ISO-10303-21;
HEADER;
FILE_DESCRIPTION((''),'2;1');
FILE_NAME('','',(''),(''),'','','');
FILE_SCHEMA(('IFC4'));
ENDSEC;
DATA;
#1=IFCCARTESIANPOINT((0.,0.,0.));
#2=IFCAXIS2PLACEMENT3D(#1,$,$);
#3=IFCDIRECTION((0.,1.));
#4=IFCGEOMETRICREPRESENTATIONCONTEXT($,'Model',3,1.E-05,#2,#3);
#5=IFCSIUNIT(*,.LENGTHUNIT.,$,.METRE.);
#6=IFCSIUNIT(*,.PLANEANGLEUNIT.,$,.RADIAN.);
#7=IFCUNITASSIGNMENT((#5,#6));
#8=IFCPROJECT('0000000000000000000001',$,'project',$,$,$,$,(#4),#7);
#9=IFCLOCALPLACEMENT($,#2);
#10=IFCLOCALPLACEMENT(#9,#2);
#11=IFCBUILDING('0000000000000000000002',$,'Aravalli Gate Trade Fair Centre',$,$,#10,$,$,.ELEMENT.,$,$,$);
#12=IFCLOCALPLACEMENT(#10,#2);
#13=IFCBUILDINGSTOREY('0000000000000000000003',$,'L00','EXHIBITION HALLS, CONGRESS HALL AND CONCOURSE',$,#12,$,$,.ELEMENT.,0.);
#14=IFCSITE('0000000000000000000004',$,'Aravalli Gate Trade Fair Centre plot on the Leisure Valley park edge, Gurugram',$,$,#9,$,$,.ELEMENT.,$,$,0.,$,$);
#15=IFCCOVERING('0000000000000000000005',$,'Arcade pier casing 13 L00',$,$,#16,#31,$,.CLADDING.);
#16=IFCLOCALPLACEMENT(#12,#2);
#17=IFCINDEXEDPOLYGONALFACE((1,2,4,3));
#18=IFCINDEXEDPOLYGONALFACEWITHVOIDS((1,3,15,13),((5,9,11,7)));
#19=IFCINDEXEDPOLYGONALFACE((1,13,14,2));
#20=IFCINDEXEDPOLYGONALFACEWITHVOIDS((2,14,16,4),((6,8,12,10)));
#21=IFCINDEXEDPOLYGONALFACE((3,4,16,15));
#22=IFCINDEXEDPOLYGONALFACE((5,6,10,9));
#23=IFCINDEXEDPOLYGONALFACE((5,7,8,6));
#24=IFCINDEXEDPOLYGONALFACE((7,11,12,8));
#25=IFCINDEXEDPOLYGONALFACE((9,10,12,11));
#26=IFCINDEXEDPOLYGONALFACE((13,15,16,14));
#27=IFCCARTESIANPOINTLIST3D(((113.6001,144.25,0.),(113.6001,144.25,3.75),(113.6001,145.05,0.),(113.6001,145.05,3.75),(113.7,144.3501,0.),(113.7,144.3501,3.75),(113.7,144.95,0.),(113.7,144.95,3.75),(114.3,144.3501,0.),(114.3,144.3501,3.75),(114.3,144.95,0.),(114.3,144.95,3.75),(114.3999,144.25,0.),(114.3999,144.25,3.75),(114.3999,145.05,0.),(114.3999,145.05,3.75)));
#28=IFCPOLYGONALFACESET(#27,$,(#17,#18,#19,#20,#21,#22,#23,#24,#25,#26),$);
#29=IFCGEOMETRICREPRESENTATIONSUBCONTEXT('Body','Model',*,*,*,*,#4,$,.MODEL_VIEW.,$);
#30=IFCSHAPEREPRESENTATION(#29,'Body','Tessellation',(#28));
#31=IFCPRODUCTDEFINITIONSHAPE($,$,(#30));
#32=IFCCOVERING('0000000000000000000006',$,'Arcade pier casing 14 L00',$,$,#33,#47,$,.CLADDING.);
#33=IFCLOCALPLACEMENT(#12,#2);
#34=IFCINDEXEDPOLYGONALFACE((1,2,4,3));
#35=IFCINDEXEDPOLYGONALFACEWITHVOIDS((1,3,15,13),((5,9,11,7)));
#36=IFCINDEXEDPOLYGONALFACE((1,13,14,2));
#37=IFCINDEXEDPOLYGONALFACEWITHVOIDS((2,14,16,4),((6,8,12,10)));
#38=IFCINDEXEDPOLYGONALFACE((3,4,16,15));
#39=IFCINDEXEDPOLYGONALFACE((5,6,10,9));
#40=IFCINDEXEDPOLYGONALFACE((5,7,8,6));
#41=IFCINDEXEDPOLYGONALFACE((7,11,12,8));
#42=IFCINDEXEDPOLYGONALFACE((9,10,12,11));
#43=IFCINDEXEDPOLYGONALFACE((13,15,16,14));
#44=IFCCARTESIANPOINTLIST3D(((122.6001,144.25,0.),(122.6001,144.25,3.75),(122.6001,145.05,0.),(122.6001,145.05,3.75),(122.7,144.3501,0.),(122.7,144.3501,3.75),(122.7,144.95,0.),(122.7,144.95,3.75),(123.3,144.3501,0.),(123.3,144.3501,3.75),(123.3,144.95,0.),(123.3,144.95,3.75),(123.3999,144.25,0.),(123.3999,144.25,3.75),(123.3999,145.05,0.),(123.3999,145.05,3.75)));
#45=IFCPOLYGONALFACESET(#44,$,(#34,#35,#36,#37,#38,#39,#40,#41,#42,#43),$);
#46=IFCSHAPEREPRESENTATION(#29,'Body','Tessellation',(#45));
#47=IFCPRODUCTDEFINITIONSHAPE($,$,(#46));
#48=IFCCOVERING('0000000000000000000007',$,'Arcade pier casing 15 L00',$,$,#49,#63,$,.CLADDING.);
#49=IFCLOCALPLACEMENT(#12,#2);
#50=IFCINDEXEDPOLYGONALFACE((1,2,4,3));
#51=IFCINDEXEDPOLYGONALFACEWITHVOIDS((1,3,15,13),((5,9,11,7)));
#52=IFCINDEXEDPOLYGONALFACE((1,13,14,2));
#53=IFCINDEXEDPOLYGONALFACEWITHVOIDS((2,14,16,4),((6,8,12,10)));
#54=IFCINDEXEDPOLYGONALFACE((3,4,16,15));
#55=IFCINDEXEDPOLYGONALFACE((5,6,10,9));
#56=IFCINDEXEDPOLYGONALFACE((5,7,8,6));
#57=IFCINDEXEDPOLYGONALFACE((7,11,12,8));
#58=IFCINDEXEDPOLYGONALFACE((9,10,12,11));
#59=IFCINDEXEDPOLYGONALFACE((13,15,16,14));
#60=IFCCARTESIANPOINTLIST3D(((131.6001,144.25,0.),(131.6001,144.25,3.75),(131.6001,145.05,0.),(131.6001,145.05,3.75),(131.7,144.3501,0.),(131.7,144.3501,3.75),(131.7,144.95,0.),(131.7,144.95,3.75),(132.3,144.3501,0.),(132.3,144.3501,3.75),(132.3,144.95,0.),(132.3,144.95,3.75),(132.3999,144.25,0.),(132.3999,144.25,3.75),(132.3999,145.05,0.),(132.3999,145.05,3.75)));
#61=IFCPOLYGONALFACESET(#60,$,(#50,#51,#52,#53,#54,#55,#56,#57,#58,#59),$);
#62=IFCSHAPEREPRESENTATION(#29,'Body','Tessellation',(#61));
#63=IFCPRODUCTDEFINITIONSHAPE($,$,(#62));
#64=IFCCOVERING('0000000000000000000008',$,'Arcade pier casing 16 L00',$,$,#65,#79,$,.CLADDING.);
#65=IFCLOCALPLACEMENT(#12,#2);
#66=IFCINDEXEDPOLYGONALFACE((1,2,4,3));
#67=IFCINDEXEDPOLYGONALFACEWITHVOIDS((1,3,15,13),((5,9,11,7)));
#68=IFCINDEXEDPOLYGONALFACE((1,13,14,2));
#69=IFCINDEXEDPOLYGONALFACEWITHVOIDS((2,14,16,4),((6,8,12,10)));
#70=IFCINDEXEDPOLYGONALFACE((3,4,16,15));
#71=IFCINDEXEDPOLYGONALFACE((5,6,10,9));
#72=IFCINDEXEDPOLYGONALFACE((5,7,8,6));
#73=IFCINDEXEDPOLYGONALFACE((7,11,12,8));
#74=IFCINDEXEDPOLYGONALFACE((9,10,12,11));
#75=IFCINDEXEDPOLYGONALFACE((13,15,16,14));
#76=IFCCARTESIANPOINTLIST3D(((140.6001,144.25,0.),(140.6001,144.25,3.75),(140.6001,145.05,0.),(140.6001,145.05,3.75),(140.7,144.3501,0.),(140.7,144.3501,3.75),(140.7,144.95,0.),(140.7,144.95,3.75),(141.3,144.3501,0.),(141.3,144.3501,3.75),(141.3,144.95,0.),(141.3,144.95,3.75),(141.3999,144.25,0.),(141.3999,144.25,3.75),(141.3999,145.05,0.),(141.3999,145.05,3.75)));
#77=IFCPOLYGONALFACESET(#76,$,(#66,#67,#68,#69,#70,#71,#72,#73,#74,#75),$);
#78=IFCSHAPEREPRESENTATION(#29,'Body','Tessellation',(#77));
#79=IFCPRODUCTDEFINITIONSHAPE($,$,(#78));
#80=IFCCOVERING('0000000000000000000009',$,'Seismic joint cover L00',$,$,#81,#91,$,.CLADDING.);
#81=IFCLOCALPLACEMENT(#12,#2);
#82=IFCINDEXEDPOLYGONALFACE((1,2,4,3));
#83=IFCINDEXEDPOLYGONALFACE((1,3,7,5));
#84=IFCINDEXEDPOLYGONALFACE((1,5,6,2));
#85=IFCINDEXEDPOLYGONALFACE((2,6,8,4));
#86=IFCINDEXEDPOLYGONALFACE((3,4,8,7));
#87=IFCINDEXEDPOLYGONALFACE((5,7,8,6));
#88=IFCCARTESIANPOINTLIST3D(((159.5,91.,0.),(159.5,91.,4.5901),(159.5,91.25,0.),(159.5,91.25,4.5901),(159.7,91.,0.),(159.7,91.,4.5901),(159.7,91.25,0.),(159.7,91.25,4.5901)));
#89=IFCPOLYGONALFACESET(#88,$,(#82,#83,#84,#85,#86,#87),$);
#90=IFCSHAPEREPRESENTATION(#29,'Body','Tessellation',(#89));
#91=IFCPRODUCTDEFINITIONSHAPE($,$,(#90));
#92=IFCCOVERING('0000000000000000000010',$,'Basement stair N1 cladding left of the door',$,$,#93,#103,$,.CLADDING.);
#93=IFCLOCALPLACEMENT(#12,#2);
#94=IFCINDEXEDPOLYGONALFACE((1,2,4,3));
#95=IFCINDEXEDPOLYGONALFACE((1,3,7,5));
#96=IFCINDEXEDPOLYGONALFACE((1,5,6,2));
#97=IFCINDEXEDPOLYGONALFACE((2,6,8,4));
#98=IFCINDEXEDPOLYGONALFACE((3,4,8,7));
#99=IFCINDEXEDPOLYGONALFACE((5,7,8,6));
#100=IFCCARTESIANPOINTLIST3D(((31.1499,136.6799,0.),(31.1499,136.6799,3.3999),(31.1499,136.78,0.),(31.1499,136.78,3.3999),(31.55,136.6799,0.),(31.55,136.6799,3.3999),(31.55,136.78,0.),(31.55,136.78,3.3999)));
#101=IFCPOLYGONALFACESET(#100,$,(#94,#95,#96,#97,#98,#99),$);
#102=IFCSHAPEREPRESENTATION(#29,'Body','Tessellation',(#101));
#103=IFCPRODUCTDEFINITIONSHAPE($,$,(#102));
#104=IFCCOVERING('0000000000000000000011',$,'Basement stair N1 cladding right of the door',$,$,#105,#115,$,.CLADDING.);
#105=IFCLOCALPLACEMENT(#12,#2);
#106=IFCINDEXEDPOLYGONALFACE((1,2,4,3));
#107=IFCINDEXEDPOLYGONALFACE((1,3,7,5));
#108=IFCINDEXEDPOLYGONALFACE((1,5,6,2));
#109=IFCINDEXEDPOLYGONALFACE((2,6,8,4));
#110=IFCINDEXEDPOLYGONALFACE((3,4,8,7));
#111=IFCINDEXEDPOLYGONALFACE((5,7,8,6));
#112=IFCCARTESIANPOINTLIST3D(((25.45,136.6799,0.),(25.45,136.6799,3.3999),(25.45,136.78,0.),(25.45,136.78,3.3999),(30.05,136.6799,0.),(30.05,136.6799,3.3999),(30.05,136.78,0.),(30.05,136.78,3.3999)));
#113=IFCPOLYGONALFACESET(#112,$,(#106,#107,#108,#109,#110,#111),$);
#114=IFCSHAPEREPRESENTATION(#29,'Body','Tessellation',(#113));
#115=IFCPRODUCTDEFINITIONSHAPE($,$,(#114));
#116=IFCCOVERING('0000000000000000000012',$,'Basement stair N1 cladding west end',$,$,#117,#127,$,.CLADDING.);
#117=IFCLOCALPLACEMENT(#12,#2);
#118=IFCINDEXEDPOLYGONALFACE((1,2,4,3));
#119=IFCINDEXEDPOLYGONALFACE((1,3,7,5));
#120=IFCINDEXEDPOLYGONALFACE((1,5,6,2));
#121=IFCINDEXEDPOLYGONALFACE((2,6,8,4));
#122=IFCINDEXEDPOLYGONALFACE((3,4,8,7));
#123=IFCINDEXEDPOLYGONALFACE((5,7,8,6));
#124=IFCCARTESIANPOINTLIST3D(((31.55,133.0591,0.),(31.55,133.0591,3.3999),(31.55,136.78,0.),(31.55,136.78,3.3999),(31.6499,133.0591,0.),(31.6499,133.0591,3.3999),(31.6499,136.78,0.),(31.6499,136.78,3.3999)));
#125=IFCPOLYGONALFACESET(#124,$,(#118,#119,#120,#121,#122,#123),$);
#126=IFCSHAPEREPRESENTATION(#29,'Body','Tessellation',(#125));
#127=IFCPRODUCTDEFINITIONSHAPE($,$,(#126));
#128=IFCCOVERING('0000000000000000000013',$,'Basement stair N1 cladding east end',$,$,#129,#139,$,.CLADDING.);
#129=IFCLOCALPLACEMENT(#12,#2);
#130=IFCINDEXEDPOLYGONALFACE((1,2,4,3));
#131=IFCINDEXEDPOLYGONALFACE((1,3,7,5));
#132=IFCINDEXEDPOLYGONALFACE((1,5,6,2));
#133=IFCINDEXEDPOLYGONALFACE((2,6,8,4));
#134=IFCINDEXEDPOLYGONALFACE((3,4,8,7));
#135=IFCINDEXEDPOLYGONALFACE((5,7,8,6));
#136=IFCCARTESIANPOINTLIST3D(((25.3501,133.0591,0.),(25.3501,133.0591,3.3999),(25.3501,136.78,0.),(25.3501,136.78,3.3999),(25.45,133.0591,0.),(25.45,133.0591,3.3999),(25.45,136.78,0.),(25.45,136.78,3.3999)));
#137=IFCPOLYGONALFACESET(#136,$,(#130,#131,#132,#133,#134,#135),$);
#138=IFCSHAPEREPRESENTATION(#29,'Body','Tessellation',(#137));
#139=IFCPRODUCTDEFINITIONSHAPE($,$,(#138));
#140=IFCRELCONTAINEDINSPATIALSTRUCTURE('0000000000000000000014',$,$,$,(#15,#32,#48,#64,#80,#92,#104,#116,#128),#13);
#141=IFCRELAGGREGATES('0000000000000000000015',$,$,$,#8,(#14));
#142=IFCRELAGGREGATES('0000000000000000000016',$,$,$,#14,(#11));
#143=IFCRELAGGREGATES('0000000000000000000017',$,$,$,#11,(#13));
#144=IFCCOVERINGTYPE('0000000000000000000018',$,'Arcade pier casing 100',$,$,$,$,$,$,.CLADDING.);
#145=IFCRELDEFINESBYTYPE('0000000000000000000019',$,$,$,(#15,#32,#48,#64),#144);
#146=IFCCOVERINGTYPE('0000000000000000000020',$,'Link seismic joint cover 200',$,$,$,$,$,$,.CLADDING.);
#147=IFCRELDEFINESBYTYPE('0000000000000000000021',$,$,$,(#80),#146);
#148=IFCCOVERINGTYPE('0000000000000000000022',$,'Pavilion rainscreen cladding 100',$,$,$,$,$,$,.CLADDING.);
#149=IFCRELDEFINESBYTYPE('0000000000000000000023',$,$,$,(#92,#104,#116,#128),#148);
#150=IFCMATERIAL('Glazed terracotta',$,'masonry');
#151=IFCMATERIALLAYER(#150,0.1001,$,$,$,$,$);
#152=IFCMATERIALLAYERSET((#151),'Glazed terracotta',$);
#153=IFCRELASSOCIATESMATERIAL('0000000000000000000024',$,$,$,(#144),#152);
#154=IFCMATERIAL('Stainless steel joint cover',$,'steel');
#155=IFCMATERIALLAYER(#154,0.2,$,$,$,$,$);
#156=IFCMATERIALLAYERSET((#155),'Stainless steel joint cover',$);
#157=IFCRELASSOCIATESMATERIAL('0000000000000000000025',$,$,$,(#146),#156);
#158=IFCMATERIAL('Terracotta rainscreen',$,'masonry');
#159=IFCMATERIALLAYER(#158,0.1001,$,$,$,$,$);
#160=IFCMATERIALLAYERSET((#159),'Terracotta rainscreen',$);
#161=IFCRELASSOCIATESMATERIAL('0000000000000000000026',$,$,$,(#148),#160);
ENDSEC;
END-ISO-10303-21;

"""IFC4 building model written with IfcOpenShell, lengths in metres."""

from ifc_helpers import new_model, si_unit, direction, origin, place, context, subcontext, project, spatial, polyline, outline, extrude, material, layer, layer_set, type_object, element, save


model = new_model("IFC4")

# Units and contexts
model_context = context("Model", 3, precision=1e-05, world=origin(), true_north=direction((0.0, 1.0)))
body_context = subcontext(model_context, "Body", "Model", "MODEL_VIEW")
ifc_project = project(units=[si_unit("LENGTHUNIT", "METRE"), si_unit("PLANEANGLEUNIT", "RADIAN")], contexts=[model_context])

# Site, building, storey
site_placement = place(None, origin())
site = spatial("IfcSite", under=ifc_project, at=site_placement, Name="Aravalli Gate Trade Fair Centre plot on the Leisure Valley park edge, Gurugram", CompositionType="ELEMENT", RefElevation=0.0)
building_placement = place(site_placement, origin())
building = spatial("IfcBuilding", under=site, at=building_placement, Name="Aravalli Gate Trade Fair Centre", CompositionType="ELEMENT")
storey_placement = place(building_placement, origin())
storey = spatial("IfcBuildingStorey", under=building, at=storey_placement, Name="L00", Description="EXHIBITION HALLS, CONGRESS HALL AND CONCOURSE", CompositionType="ELEMENT", Elevation=0.0)

# Coverings
ifc_material_1 = material(Name="Glazed terracotta", Category="masonry")
ifc_layer_1 = layer(ifc_material_1, 0.1001)
ifc_layer_set_1 = layer_set([ifc_layer_1], Name="Glazed terracotta")
covering_type_1 = type_object("IfcCoveringType", Name="Arcade pier casing 100", PredefinedType="CLADDING", material=ifc_layer_set_1)
covering_1_placement = place(storey_placement, origin())
element("IfcCovering", 1, at=covering_1_placement, inside=storey, type_object=covering_type_1, Name="Arcade pier casing 13 L00", PredefinedType="CLADDING", context=body_context, shape_type="SweptSolid", body=[
    extrude(outline(polyline([(113.6001, 144.25), (114.3999, 144.25), (114.3999, 145.05), (113.6001, 145.05), (113.6001, 144.25)]), holes=[polyline([(114.3, 144.95), (114.3, 144.3501), (113.7, 144.3501), (113.7, 144.95), (114.3, 144.95)])]), origin(), (0.0, 0.0, 1.0), 3.75),
])
covering_2_placement = place(storey_placement, origin())
element("IfcCovering", 2, at=covering_2_placement, inside=storey, type_object=covering_type_1, Name="Arcade pier casing 14 L00", PredefinedType="CLADDING", context=body_context, shape_type="SweptSolid", body=[
    extrude(outline(polyline([(122.6001, 144.25), (123.3999, 144.25), (123.3999, 145.05), (122.6001, 145.05), (122.6001, 144.25)]), holes=[polyline([(123.3, 144.95), (123.3, 144.3501), (122.7, 144.3501), (122.7, 144.95), (123.3, 144.95)])]), origin(), (0.0, 0.0, 1.0), 3.75),
])
covering_3_placement = place(storey_placement, origin())
element("IfcCovering", 3, at=covering_3_placement, inside=storey, type_object=covering_type_1, Name="Arcade pier casing 15 L00", PredefinedType="CLADDING", context=body_context, shape_type="SweptSolid", body=[
    extrude(outline(polyline([(131.6001, 144.25), (132.3999, 144.25), (132.3999, 145.05), (131.6001, 145.05), (131.6001, 144.25)]), holes=[polyline([(132.3, 144.95), (132.3, 144.3501), (131.7, 144.3501), (131.7, 144.95), (132.3, 144.95)])]), origin(), (0.0, 0.0, 1.0), 3.75),
])
covering_4_placement = place(storey_placement, origin())
element("IfcCovering", 4, at=covering_4_placement, inside=storey, type_object=covering_type_1, Name="Arcade pier casing 16 L00", PredefinedType="CLADDING", context=body_context, shape_type="SweptSolid", body=[
    extrude(outline(polyline([(140.6001, 144.25), (141.3999, 144.25), (141.3999, 145.05), (140.6001, 145.05), (140.6001, 144.25)]), holes=[polyline([(141.3, 144.95), (141.3, 144.3501), (140.7, 144.3501), (140.7, 144.95), (141.3, 144.95)])]), origin(), (0.0, 0.0, 1.0), 3.75),
])
ifc_material_2 = material(Name="Stainless steel joint cover", Category="steel")
ifc_layer_2 = layer(ifc_material_2, 0.2)
ifc_layer_set_2 = layer_set([ifc_layer_2], Name="Stainless steel joint cover")
covering_type_2 = type_object("IfcCoveringType", Name="Link seismic joint cover 200", PredefinedType="CLADDING", material=ifc_layer_set_2)
covering_5_placement = place(storey_placement, origin())
element("IfcCovering", 5, at=covering_5_placement, inside=storey, type_object=covering_type_2, Name="Seismic joint cover L00", PredefinedType="CLADDING", context=body_context, shape_type="SweptSolid", body=[
    extrude(outline(polyline([(159.5, 91.0), (159.7, 91.0), (159.7, 91.25), (159.5, 91.25), (159.5, 91.0)])), origin(), (0.0, 0.0, 1.0), 4.5901),
])
ifc_material_3 = material(Name="Terracotta rainscreen", Category="masonry")
ifc_layer_3 = layer(ifc_material_3, 0.1001)
ifc_layer_set_3 = layer_set([ifc_layer_3], Name="Terracotta rainscreen")
covering_type_3 = type_object("IfcCoveringType", Name="Pavilion rainscreen cladding 100", PredefinedType="CLADDING", material=ifc_layer_set_3)
covering_6_placement = place(storey_placement, origin())
element("IfcCovering", 6, at=covering_6_placement, inside=storey, type_object=covering_type_3, Name="Basement stair N1 cladding left of the door", PredefinedType="CLADDING", context=body_context, shape_type="SweptSolid", body=[
    extrude(outline(polyline([(31.55, 136.6799), (31.1499, 136.6799), (31.1499, 136.78), (31.55, 136.78), (31.55, 136.6799)])), origin(), (0.0, 0.0, 1.0), 3.3999),
])
covering_7_placement = place(storey_placement, origin())
element("IfcCovering", 7, at=covering_7_placement, inside=storey, type_object=covering_type_3, Name="Basement stair N1 cladding right of the door", PredefinedType="CLADDING", context=body_context, shape_type="SweptSolid", body=[
    extrude(outline(polyline([(30.05, 136.6799), (25.45, 136.6799), (25.45, 136.78), (30.05, 136.78), (30.05, 136.6799)])), origin(), (0.0, 0.0, 1.0), 3.3999),
])
covering_8_placement = place(storey_placement, origin())
element("IfcCovering", 8, at=covering_8_placement, inside=storey, type_object=covering_type_3, Name="Basement stair N1 cladding west end", PredefinedType="CLADDING", context=body_context, shape_type="SweptSolid", body=[
    extrude(outline(polyline([(31.6499, 133.0591), (31.55, 133.0591), (31.55, 136.78), (31.6499, 136.78), (31.6499, 133.0591)])), origin(), (0.0, 0.0, 1.0), 3.3999),
])
covering_9_placement = place(storey_placement, origin())
element("IfcCovering", 9, at=covering_9_placement, inside=storey, type_object=covering_type_3, Name="Basement stair N1 cladding east end", PredefinedType="CLADDING", context=body_context, shape_type="SweptSolid", body=[
    extrude(outline(polyline([(25.45, 133.0591), (25.3501, 133.0591), (25.3501, 136.78), (25.45, 136.78), (25.45, 133.0591)])), origin(), (0.0, 0.0, 1.0), 3.3999),
])

save(model, "model.ifc")
